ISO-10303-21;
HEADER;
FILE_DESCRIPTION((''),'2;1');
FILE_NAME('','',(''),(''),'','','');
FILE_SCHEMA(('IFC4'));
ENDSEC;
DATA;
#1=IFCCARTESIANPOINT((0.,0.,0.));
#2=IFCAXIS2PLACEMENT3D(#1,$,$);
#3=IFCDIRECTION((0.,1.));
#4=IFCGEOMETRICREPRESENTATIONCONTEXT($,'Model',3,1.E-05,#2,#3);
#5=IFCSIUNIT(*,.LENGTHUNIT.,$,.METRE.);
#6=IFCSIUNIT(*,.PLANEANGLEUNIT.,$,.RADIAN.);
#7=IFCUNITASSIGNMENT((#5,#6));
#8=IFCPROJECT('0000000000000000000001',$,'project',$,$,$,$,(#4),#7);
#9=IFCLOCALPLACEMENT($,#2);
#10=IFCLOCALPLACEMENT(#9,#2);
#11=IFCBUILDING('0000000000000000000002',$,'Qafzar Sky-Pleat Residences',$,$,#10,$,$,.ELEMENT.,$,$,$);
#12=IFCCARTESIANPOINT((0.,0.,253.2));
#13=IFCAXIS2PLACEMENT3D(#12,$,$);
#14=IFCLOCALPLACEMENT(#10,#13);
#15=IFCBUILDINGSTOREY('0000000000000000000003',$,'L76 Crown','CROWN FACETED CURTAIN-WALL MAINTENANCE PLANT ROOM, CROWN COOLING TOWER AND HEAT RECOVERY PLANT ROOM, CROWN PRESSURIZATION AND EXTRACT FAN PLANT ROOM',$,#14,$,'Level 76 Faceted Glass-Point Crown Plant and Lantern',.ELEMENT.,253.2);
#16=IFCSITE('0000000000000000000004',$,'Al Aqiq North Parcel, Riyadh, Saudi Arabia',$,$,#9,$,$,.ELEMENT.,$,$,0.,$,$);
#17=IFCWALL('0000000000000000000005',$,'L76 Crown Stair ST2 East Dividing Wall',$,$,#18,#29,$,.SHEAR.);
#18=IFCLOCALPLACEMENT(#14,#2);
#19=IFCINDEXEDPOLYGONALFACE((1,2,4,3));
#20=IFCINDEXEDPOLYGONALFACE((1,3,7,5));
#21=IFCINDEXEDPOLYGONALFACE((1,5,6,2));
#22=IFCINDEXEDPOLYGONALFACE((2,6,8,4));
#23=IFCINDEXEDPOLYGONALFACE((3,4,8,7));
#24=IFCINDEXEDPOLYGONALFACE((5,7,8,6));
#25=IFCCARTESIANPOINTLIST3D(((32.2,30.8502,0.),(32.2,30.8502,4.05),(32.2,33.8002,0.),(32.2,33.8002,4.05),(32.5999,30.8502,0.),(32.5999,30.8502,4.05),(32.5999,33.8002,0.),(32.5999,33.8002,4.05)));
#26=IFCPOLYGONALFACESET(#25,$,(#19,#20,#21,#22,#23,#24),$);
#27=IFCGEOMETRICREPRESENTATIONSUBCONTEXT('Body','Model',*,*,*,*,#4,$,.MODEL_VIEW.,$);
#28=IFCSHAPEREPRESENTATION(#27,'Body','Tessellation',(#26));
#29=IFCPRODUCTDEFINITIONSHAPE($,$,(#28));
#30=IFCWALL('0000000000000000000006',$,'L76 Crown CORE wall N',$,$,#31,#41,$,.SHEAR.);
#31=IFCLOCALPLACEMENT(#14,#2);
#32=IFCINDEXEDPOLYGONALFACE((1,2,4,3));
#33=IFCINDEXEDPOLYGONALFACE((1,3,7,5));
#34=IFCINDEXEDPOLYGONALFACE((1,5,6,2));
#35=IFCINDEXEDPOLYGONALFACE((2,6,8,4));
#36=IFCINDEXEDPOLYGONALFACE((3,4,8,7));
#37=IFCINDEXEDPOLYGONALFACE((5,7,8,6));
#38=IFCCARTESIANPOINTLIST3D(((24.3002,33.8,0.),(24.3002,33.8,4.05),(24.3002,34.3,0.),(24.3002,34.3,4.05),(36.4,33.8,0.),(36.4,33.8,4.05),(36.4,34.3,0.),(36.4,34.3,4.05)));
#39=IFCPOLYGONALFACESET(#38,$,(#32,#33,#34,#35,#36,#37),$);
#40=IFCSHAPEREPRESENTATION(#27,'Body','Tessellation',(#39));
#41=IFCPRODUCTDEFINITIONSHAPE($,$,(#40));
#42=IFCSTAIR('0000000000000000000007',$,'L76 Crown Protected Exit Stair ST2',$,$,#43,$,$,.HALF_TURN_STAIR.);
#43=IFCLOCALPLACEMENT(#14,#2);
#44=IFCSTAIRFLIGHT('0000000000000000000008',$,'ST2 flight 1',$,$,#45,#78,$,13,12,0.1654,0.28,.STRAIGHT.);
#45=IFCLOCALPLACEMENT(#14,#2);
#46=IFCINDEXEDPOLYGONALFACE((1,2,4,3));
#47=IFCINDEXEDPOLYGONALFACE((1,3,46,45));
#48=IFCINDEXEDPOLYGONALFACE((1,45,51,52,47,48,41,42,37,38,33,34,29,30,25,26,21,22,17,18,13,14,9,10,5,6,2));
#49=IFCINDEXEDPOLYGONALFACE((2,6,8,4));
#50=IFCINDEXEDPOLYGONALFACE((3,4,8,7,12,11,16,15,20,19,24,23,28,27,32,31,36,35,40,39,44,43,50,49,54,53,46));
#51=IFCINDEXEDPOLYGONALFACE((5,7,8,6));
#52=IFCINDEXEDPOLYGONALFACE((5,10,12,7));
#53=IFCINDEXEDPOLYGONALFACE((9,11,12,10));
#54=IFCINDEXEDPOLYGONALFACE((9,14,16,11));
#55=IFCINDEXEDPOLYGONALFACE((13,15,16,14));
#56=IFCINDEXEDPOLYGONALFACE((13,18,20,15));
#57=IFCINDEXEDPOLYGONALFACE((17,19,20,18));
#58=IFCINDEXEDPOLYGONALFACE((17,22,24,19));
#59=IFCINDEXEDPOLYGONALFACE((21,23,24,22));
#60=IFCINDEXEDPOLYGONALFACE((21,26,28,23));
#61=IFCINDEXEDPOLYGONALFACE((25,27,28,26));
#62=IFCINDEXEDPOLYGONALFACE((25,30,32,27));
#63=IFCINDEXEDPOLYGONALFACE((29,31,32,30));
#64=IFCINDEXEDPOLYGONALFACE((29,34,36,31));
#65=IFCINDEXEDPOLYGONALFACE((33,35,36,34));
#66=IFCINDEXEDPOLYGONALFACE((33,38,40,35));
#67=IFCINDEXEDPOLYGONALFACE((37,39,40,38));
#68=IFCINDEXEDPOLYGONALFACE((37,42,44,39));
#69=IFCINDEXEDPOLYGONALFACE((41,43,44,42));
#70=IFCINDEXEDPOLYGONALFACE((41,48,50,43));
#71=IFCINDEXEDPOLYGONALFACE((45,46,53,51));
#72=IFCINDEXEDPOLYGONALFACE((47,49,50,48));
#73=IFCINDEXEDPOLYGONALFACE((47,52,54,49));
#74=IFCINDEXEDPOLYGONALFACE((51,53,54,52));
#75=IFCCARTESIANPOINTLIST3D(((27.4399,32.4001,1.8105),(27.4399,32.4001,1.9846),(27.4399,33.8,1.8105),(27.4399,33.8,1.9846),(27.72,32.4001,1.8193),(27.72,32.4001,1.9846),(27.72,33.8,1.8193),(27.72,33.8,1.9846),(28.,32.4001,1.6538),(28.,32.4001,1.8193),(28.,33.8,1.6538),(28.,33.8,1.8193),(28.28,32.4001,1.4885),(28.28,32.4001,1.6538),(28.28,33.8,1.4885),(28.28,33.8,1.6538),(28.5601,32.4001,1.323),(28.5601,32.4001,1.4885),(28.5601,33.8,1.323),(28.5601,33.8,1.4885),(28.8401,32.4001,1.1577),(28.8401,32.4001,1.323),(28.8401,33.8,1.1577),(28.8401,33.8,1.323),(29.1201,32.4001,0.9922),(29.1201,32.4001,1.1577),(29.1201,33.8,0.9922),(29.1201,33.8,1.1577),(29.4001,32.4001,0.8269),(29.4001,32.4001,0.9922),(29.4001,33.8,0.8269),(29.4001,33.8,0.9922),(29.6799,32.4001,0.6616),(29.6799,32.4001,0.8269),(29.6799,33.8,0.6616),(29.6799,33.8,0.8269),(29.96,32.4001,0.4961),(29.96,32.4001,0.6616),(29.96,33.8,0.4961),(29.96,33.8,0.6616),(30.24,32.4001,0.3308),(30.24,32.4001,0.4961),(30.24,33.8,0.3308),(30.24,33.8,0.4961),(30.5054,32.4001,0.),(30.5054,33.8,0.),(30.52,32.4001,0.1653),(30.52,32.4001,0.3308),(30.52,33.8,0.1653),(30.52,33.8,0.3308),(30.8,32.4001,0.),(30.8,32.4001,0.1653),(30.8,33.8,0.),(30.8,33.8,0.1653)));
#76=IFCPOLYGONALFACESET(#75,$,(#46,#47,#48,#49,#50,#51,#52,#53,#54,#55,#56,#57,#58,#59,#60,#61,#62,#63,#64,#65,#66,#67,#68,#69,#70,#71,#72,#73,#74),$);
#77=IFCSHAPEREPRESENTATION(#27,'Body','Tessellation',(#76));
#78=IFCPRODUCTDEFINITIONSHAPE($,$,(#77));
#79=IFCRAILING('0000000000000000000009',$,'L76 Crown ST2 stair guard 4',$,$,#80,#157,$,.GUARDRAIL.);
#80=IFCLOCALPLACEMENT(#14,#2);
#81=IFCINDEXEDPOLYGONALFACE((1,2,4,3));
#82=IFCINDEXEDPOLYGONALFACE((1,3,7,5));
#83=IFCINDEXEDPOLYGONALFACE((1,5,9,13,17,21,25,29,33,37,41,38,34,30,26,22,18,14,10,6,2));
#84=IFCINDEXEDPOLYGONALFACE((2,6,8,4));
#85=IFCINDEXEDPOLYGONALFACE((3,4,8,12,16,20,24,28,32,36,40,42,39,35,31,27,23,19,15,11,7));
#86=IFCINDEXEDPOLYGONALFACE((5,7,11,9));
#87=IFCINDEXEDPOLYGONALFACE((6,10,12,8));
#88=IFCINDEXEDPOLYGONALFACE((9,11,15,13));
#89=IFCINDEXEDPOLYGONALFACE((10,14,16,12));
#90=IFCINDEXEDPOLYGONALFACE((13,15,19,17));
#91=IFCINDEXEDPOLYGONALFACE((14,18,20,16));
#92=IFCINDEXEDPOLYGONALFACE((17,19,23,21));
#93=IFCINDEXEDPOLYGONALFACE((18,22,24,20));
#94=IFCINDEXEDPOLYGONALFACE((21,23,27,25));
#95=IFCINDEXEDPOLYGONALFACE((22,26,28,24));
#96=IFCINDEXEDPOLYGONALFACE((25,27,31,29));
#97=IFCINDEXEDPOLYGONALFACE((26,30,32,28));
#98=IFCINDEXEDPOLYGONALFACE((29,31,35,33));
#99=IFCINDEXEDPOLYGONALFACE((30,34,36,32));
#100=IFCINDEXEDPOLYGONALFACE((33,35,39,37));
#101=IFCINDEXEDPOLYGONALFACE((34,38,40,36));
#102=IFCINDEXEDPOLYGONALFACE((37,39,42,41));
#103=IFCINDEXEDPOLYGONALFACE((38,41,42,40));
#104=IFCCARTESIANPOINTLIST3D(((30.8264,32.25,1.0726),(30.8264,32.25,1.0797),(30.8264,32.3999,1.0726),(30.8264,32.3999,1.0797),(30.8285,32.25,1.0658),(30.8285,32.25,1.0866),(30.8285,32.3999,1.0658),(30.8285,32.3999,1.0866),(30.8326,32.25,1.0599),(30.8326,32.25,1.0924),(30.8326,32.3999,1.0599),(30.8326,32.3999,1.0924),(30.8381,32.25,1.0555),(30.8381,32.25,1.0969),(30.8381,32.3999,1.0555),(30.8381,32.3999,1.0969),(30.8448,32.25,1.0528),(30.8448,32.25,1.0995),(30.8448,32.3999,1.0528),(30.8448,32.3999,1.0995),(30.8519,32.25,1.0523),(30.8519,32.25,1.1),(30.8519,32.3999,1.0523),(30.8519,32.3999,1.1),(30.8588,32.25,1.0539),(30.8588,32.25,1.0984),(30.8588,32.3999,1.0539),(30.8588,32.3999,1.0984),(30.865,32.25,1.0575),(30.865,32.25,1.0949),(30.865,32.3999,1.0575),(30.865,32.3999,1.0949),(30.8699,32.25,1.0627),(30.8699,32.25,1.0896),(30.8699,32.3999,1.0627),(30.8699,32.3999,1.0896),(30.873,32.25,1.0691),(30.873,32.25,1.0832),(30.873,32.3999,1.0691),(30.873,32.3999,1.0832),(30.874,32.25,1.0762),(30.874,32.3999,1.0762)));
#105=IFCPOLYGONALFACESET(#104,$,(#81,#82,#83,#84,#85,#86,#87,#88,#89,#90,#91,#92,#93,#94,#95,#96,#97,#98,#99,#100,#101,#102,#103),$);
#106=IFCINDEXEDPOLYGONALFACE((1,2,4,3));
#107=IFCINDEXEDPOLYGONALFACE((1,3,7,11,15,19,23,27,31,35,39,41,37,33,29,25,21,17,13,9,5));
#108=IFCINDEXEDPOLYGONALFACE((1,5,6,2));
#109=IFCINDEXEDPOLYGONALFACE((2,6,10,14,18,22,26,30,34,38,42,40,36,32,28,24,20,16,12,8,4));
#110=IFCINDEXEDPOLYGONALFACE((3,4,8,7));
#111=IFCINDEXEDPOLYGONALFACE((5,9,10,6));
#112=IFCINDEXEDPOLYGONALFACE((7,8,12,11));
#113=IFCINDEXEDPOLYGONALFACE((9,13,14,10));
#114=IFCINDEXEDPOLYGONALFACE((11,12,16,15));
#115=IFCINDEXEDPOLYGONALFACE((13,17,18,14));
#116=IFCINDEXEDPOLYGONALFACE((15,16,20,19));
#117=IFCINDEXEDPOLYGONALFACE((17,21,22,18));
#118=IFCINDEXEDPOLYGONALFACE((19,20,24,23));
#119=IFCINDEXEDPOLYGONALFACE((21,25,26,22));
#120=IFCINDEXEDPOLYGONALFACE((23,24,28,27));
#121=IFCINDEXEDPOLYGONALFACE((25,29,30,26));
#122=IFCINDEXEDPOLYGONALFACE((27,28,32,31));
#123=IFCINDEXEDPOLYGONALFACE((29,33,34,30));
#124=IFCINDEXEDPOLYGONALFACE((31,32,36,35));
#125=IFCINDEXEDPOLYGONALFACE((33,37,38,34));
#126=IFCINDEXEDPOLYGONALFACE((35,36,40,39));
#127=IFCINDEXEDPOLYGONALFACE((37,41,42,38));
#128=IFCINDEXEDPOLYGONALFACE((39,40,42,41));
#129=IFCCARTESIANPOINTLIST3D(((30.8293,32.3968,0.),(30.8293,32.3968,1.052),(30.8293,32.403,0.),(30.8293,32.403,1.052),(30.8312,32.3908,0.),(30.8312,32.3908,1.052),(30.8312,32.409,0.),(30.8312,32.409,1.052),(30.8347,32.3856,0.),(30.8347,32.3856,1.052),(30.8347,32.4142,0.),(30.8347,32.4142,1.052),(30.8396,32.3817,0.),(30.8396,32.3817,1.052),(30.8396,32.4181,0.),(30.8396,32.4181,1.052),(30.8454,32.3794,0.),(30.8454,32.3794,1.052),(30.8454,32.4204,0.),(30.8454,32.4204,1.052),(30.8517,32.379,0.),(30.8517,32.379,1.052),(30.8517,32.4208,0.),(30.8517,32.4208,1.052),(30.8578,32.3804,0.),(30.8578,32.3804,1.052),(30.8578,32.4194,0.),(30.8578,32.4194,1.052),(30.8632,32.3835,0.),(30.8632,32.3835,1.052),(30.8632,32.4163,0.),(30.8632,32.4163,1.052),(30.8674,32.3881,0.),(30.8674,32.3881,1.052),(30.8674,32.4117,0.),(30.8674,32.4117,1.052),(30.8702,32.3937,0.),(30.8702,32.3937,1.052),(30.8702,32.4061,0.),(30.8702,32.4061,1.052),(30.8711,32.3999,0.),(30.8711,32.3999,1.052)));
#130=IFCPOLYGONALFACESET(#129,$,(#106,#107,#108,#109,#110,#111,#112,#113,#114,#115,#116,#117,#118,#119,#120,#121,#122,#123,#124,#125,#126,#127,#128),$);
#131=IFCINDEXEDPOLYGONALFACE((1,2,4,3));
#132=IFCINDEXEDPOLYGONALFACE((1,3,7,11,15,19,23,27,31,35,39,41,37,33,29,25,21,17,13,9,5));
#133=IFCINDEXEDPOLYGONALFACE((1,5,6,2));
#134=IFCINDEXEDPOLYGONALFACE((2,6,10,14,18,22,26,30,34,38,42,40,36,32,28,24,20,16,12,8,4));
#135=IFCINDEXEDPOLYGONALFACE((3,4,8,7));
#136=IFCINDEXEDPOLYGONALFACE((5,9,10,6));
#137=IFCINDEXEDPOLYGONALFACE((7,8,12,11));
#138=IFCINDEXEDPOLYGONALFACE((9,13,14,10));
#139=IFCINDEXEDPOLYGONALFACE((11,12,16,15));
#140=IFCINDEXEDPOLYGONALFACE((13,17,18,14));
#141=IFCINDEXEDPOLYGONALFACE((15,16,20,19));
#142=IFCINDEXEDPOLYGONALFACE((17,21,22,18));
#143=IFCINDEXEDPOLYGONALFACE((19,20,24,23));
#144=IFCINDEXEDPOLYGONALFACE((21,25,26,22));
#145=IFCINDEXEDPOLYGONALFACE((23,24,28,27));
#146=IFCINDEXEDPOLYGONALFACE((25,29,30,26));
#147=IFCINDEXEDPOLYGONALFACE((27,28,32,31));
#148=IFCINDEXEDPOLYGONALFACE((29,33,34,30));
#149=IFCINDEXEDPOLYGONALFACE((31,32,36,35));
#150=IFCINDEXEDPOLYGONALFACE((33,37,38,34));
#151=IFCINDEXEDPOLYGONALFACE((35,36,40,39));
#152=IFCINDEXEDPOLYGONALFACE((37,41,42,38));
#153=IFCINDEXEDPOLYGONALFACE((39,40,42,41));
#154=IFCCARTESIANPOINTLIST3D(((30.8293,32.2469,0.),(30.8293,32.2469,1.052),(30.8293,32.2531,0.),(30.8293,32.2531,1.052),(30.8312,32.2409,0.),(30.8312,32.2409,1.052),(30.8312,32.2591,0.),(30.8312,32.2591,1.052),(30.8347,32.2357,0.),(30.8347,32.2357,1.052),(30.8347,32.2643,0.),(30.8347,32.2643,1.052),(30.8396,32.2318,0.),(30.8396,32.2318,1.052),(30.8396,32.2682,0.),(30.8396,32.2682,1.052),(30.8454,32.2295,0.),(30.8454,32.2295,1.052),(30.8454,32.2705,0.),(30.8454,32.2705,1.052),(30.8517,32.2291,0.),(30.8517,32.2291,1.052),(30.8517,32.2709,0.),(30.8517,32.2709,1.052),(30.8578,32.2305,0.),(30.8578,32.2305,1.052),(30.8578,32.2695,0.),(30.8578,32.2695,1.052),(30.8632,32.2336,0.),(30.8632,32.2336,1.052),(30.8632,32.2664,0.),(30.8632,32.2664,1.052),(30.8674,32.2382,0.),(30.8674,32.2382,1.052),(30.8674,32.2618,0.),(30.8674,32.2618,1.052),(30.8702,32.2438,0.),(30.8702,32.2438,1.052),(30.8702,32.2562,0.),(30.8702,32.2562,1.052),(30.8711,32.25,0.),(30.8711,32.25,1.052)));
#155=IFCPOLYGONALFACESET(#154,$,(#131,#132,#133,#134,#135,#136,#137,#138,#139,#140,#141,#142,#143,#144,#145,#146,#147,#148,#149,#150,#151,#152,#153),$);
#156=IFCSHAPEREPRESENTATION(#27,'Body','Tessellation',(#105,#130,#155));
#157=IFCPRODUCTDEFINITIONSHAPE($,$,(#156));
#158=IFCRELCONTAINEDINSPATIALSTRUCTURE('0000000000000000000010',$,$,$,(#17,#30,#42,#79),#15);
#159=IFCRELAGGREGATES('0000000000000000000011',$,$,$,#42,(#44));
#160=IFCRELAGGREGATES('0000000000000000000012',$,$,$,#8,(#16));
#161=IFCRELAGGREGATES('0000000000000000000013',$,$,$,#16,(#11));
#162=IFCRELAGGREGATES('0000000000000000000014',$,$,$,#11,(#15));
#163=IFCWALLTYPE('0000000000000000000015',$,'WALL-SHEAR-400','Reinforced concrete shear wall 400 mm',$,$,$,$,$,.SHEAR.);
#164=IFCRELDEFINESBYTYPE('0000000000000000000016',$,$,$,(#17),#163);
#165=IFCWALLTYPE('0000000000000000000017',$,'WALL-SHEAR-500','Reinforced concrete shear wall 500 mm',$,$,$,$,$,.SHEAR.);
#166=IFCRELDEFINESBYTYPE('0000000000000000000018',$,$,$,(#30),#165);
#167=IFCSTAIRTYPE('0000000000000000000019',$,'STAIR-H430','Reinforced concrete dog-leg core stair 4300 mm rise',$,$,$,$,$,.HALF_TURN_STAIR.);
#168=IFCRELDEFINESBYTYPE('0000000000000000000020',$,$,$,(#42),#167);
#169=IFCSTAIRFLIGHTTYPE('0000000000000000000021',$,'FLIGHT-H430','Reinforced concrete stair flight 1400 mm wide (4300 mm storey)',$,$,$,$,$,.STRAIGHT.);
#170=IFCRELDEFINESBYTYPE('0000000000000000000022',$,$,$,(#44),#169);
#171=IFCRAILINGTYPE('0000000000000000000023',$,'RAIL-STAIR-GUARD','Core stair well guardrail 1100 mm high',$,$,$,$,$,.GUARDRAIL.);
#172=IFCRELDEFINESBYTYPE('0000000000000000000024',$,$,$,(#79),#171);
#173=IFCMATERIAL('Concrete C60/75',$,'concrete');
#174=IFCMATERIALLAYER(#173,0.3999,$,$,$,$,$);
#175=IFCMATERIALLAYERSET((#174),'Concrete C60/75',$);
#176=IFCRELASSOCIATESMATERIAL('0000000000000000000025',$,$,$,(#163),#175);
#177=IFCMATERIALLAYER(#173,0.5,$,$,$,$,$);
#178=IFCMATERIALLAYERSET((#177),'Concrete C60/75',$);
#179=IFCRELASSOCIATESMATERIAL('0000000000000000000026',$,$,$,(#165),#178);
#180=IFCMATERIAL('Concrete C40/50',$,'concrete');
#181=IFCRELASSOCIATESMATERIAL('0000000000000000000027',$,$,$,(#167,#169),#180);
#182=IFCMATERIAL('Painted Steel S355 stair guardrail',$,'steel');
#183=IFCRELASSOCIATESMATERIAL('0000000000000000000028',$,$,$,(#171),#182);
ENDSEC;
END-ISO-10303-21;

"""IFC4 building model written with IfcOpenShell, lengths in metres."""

from ifc_helpers import new_model, si_unit, direction, frame, frame_2d, origin, origin_2d, place, context, subcontext, project, spatial, polyline, rectangle, circle, outline, extrude, source, transform, mapped, material, layer, layer_set, type_object, element, aggregate, save


model = new_model("IFC4")

# Units and contexts
model_context = context("Model", 3, precision=1e-05, world=origin(), true_north=direction((0.0, 1.0)))
body_context = subcontext(model_context, "Body", "Model", "MODEL_VIEW")
ifc_project = project(units=[si_unit("LENGTHUNIT", "METRE"), si_unit("PLANEANGLEUNIT", "RADIAN")], contexts=[model_context])

# Site, building, storey
site_placement = place(None, origin())
site = spatial("IfcSite", under=ifc_project, at=site_placement, Name="Al Aqiq North Parcel, Riyadh, Saudi Arabia", CompositionType="ELEMENT", RefElevation=0.0)
building_placement = place(site_placement, origin())
building = spatial("IfcBuilding", under=site, at=building_placement, Name="Qafzar Sky-Pleat Residences", CompositionType="ELEMENT")
storey_placement = place(building_placement, frame((0.0, 0.0, 253.2)))
storey = spatial("IfcBuildingStorey", under=building, at=storey_placement, Name="L76 Crown", Description="CROWN FACETED CURTAIN-WALL MAINTENANCE PLANT ROOM, CROWN COOLING TOWER AND HEAT RECOVERY PLANT ROOM, CROWN PRESSURIZATION AND EXTRACT FAN PLANT ROOM", LongName="Level 76 Faceted Glass-Point Crown Plant and Lantern", CompositionType="ELEMENT", Elevation=253.2)

# Walls
ifc_material_1 = material(Name="Concrete C60/75", Category="concrete")
ifc_layer_1 = layer(ifc_material_1, 0.3999)
ifc_layer_set_1 = layer_set([ifc_layer_1], Name="Concrete C60/75")
wall_type_1 = type_object("IfcWallType", Name="WALL-SHEAR-400", Description="Reinforced concrete shear wall 400 mm", PredefinedType="SHEAR", material=ifc_layer_set_1)
wall_1_placement = place(storey_placement, frame((32.3999, 30.8501, 0.0), z_axis=(0.0, 0.0, 1.0), x_axis=(0.0, 1.0, 0.0)))
element("IfcWall", 1, at=wall_1_placement, inside=storey, type_object=wall_type_1, Name="L76 Crown Stair ST2 East Dividing Wall", PredefinedType="SHEAR", context=body_context, shape_type="SweptSolid", body=[
    extrude(rectangle(XDim=2.95, YDim=0.3999, at=frame_2d((1.4751, 0.0))), origin(), (0.0, 0.0, 1.0), 4.05),
])
ifc_layer_2 = layer(ifc_material_1, 0.5)
ifc_layer_set_2 = layer_set([ifc_layer_2], Name="Concrete C60/75")
wall_type_2 = type_object("IfcWallType", Name="WALL-SHEAR-500", Description="Reinforced concrete shear wall 500 mm", PredefinedType="SHEAR", material=ifc_layer_set_2)
wall_2_placement = place(storey_placement, frame((36.3999, 34.05, 0.0), z_axis=(0.0, 0.0, 1.0), x_axis=(-1.0, 0.0, 0.0)))
element("IfcWall", 2, at=wall_2_placement, inside=storey, type_object=wall_type_2, Name="L76 Crown CORE wall N", PredefinedType="SHEAR", context=body_context, shape_type="SweptSolid", body=[
    extrude(rectangle(XDim=12.0999, YDim=0.5, at=frame_2d((6.0498, 0.0))), origin(), (0.0, 0.0, 1.0), 4.05),
])

# Stair, stair flight
ifc_material_2 = material(Name="Concrete C40/50", Category="concrete")
stair_type = type_object("IfcStairType", Name="STAIR-H430", Description="Reinforced concrete dog-leg core stair 4300 mm rise", PredefinedType="HALF_TURN_STAIR", material=ifc_material_2)
stair_placement = place(storey_placement, origin())
stair = element("IfcStair", 3, at=stair_placement, inside=storey, type_object=stair_type, Name="L76 Crown Protected Exit Stair ST2", PredefinedType="HALF_TURN_STAIR")
stair_flight_type = type_object("IfcStairFlightType", Name="FLIGHT-H430", Description="Reinforced concrete stair flight 1400 mm wide (4300 mm storey)", PredefinedType="STRAIGHT", material=ifc_material_2)
shared_shape_1 = source(origin(), body_context, "Body", "SweptSolid", [
    extrude(outline(polyline([(0.0, 0.0), (0.0, 0.1653), (0.28, 0.1653), (0.28, 0.3308), (0.5601, 0.3308), (0.5601, 0.4961), (0.8401, 0.4961), (0.8401, 0.6616), (1.1201, 0.6616), (1.1201, 0.8269), (1.3999, 0.8269), (1.3999, 0.9922), (1.6799, 0.9922), (1.6799, 1.1577), (1.96, 1.1577), (1.96, 1.323), (2.24, 1.323), (2.24, 1.4885), (2.52, 1.4885), (2.52, 1.6538), (2.8, 1.6538), (2.8, 1.8193), (3.0801, 1.8193), (3.0801, 1.9846), (3.3601, 1.9846), (3.3601, 2.1499), (3.3601, 1.8105), (0.2947, 0.0), (0.0, 0.0)])), frame((0.0, 0.7, 0.0), z_axis=(0.0, -1.0, 0.0), x_axis=(1.0, 0.0, 0.0)), (0.0, 0.0, 1.0), 1.3999),
])
stair_flight_placement = place(storey_placement, frame((30.8, 33.1001, 0.0), z_axis=(0.0, 0.0, 1.0), x_axis=(-1.0, 0.0, 0.0)))
stair_flight = element("IfcStairFlight", 4, at=stair_flight_placement, type_object=stair_flight_type, Name="ST2 flight 1", NumberOfRisers=13, NumberOfTreads=12, PredefinedType="STRAIGHT", RiserHeight=0.1654, TreadLength=0.28, context=body_context, shape_type="MappedRepresentation", body=[
    mapped(shared_shape_1, transform((0.0, 0.0, 0.0), x_axis=(1.0, 0.0, 0.0), y_axis=(0.0, 1.0, 0.0), z_axis=(0.0, 0.0, 1.0), scale=1.0)),
])
aggregate(stair, [stair_flight])

# Railing
ifc_material_3 = material(Name="Painted Steel S355 stair guardrail", Category="steel")
railing_type_1 = type_object("IfcRailingType", Name="RAIL-STAIR-GUARD", Description="Core stair well guardrail 1100 mm high", PredefinedType="GUARDRAIL", material=ifc_material_3)
shared_shape_2 = source(origin(), body_context, "Body", "SweptSolid", [
    extrude(circle(Radius=0.0239, at=origin_2d()), frame((0.0, 0.0, 1.0762), z_axis=(0.0, -1.0, 0.0), x_axis=(1.0, 0.0, 0.0)), (0.0, 0.0, 1.0), 0.1499),
    extrude(circle(Radius=0.021, at=origin_2d()), origin(), (0.0, 0.0, 1.0), 1.052),
    extrude(circle(Radius=0.021, at=origin_2d()), frame((0.0, -0.1499, 0.0)), (0.0, 0.0, 1.0), 1.052),
])
railing_1_placement = place(storey_placement, frame((30.8501, 32.3999, 0.0)))
element("IfcRailing", 5, at=railing_1_placement, inside=storey, type_object=railing_type_1, Name="L76 Crown ST2 stair guard 4", PredefinedType="GUARDRAIL", context=body_context, shape_type="MappedRepresentation", body=[
    mapped(shared_shape_2, transform((0.0, 0.0, 0.0), x_axis=(1.0, 0.0, 0.0), y_axis=(0.0, 1.0, 0.0), z_axis=(0.0, 0.0, 1.0), scale=1.0)),
])

save(model, "model.ifc")
